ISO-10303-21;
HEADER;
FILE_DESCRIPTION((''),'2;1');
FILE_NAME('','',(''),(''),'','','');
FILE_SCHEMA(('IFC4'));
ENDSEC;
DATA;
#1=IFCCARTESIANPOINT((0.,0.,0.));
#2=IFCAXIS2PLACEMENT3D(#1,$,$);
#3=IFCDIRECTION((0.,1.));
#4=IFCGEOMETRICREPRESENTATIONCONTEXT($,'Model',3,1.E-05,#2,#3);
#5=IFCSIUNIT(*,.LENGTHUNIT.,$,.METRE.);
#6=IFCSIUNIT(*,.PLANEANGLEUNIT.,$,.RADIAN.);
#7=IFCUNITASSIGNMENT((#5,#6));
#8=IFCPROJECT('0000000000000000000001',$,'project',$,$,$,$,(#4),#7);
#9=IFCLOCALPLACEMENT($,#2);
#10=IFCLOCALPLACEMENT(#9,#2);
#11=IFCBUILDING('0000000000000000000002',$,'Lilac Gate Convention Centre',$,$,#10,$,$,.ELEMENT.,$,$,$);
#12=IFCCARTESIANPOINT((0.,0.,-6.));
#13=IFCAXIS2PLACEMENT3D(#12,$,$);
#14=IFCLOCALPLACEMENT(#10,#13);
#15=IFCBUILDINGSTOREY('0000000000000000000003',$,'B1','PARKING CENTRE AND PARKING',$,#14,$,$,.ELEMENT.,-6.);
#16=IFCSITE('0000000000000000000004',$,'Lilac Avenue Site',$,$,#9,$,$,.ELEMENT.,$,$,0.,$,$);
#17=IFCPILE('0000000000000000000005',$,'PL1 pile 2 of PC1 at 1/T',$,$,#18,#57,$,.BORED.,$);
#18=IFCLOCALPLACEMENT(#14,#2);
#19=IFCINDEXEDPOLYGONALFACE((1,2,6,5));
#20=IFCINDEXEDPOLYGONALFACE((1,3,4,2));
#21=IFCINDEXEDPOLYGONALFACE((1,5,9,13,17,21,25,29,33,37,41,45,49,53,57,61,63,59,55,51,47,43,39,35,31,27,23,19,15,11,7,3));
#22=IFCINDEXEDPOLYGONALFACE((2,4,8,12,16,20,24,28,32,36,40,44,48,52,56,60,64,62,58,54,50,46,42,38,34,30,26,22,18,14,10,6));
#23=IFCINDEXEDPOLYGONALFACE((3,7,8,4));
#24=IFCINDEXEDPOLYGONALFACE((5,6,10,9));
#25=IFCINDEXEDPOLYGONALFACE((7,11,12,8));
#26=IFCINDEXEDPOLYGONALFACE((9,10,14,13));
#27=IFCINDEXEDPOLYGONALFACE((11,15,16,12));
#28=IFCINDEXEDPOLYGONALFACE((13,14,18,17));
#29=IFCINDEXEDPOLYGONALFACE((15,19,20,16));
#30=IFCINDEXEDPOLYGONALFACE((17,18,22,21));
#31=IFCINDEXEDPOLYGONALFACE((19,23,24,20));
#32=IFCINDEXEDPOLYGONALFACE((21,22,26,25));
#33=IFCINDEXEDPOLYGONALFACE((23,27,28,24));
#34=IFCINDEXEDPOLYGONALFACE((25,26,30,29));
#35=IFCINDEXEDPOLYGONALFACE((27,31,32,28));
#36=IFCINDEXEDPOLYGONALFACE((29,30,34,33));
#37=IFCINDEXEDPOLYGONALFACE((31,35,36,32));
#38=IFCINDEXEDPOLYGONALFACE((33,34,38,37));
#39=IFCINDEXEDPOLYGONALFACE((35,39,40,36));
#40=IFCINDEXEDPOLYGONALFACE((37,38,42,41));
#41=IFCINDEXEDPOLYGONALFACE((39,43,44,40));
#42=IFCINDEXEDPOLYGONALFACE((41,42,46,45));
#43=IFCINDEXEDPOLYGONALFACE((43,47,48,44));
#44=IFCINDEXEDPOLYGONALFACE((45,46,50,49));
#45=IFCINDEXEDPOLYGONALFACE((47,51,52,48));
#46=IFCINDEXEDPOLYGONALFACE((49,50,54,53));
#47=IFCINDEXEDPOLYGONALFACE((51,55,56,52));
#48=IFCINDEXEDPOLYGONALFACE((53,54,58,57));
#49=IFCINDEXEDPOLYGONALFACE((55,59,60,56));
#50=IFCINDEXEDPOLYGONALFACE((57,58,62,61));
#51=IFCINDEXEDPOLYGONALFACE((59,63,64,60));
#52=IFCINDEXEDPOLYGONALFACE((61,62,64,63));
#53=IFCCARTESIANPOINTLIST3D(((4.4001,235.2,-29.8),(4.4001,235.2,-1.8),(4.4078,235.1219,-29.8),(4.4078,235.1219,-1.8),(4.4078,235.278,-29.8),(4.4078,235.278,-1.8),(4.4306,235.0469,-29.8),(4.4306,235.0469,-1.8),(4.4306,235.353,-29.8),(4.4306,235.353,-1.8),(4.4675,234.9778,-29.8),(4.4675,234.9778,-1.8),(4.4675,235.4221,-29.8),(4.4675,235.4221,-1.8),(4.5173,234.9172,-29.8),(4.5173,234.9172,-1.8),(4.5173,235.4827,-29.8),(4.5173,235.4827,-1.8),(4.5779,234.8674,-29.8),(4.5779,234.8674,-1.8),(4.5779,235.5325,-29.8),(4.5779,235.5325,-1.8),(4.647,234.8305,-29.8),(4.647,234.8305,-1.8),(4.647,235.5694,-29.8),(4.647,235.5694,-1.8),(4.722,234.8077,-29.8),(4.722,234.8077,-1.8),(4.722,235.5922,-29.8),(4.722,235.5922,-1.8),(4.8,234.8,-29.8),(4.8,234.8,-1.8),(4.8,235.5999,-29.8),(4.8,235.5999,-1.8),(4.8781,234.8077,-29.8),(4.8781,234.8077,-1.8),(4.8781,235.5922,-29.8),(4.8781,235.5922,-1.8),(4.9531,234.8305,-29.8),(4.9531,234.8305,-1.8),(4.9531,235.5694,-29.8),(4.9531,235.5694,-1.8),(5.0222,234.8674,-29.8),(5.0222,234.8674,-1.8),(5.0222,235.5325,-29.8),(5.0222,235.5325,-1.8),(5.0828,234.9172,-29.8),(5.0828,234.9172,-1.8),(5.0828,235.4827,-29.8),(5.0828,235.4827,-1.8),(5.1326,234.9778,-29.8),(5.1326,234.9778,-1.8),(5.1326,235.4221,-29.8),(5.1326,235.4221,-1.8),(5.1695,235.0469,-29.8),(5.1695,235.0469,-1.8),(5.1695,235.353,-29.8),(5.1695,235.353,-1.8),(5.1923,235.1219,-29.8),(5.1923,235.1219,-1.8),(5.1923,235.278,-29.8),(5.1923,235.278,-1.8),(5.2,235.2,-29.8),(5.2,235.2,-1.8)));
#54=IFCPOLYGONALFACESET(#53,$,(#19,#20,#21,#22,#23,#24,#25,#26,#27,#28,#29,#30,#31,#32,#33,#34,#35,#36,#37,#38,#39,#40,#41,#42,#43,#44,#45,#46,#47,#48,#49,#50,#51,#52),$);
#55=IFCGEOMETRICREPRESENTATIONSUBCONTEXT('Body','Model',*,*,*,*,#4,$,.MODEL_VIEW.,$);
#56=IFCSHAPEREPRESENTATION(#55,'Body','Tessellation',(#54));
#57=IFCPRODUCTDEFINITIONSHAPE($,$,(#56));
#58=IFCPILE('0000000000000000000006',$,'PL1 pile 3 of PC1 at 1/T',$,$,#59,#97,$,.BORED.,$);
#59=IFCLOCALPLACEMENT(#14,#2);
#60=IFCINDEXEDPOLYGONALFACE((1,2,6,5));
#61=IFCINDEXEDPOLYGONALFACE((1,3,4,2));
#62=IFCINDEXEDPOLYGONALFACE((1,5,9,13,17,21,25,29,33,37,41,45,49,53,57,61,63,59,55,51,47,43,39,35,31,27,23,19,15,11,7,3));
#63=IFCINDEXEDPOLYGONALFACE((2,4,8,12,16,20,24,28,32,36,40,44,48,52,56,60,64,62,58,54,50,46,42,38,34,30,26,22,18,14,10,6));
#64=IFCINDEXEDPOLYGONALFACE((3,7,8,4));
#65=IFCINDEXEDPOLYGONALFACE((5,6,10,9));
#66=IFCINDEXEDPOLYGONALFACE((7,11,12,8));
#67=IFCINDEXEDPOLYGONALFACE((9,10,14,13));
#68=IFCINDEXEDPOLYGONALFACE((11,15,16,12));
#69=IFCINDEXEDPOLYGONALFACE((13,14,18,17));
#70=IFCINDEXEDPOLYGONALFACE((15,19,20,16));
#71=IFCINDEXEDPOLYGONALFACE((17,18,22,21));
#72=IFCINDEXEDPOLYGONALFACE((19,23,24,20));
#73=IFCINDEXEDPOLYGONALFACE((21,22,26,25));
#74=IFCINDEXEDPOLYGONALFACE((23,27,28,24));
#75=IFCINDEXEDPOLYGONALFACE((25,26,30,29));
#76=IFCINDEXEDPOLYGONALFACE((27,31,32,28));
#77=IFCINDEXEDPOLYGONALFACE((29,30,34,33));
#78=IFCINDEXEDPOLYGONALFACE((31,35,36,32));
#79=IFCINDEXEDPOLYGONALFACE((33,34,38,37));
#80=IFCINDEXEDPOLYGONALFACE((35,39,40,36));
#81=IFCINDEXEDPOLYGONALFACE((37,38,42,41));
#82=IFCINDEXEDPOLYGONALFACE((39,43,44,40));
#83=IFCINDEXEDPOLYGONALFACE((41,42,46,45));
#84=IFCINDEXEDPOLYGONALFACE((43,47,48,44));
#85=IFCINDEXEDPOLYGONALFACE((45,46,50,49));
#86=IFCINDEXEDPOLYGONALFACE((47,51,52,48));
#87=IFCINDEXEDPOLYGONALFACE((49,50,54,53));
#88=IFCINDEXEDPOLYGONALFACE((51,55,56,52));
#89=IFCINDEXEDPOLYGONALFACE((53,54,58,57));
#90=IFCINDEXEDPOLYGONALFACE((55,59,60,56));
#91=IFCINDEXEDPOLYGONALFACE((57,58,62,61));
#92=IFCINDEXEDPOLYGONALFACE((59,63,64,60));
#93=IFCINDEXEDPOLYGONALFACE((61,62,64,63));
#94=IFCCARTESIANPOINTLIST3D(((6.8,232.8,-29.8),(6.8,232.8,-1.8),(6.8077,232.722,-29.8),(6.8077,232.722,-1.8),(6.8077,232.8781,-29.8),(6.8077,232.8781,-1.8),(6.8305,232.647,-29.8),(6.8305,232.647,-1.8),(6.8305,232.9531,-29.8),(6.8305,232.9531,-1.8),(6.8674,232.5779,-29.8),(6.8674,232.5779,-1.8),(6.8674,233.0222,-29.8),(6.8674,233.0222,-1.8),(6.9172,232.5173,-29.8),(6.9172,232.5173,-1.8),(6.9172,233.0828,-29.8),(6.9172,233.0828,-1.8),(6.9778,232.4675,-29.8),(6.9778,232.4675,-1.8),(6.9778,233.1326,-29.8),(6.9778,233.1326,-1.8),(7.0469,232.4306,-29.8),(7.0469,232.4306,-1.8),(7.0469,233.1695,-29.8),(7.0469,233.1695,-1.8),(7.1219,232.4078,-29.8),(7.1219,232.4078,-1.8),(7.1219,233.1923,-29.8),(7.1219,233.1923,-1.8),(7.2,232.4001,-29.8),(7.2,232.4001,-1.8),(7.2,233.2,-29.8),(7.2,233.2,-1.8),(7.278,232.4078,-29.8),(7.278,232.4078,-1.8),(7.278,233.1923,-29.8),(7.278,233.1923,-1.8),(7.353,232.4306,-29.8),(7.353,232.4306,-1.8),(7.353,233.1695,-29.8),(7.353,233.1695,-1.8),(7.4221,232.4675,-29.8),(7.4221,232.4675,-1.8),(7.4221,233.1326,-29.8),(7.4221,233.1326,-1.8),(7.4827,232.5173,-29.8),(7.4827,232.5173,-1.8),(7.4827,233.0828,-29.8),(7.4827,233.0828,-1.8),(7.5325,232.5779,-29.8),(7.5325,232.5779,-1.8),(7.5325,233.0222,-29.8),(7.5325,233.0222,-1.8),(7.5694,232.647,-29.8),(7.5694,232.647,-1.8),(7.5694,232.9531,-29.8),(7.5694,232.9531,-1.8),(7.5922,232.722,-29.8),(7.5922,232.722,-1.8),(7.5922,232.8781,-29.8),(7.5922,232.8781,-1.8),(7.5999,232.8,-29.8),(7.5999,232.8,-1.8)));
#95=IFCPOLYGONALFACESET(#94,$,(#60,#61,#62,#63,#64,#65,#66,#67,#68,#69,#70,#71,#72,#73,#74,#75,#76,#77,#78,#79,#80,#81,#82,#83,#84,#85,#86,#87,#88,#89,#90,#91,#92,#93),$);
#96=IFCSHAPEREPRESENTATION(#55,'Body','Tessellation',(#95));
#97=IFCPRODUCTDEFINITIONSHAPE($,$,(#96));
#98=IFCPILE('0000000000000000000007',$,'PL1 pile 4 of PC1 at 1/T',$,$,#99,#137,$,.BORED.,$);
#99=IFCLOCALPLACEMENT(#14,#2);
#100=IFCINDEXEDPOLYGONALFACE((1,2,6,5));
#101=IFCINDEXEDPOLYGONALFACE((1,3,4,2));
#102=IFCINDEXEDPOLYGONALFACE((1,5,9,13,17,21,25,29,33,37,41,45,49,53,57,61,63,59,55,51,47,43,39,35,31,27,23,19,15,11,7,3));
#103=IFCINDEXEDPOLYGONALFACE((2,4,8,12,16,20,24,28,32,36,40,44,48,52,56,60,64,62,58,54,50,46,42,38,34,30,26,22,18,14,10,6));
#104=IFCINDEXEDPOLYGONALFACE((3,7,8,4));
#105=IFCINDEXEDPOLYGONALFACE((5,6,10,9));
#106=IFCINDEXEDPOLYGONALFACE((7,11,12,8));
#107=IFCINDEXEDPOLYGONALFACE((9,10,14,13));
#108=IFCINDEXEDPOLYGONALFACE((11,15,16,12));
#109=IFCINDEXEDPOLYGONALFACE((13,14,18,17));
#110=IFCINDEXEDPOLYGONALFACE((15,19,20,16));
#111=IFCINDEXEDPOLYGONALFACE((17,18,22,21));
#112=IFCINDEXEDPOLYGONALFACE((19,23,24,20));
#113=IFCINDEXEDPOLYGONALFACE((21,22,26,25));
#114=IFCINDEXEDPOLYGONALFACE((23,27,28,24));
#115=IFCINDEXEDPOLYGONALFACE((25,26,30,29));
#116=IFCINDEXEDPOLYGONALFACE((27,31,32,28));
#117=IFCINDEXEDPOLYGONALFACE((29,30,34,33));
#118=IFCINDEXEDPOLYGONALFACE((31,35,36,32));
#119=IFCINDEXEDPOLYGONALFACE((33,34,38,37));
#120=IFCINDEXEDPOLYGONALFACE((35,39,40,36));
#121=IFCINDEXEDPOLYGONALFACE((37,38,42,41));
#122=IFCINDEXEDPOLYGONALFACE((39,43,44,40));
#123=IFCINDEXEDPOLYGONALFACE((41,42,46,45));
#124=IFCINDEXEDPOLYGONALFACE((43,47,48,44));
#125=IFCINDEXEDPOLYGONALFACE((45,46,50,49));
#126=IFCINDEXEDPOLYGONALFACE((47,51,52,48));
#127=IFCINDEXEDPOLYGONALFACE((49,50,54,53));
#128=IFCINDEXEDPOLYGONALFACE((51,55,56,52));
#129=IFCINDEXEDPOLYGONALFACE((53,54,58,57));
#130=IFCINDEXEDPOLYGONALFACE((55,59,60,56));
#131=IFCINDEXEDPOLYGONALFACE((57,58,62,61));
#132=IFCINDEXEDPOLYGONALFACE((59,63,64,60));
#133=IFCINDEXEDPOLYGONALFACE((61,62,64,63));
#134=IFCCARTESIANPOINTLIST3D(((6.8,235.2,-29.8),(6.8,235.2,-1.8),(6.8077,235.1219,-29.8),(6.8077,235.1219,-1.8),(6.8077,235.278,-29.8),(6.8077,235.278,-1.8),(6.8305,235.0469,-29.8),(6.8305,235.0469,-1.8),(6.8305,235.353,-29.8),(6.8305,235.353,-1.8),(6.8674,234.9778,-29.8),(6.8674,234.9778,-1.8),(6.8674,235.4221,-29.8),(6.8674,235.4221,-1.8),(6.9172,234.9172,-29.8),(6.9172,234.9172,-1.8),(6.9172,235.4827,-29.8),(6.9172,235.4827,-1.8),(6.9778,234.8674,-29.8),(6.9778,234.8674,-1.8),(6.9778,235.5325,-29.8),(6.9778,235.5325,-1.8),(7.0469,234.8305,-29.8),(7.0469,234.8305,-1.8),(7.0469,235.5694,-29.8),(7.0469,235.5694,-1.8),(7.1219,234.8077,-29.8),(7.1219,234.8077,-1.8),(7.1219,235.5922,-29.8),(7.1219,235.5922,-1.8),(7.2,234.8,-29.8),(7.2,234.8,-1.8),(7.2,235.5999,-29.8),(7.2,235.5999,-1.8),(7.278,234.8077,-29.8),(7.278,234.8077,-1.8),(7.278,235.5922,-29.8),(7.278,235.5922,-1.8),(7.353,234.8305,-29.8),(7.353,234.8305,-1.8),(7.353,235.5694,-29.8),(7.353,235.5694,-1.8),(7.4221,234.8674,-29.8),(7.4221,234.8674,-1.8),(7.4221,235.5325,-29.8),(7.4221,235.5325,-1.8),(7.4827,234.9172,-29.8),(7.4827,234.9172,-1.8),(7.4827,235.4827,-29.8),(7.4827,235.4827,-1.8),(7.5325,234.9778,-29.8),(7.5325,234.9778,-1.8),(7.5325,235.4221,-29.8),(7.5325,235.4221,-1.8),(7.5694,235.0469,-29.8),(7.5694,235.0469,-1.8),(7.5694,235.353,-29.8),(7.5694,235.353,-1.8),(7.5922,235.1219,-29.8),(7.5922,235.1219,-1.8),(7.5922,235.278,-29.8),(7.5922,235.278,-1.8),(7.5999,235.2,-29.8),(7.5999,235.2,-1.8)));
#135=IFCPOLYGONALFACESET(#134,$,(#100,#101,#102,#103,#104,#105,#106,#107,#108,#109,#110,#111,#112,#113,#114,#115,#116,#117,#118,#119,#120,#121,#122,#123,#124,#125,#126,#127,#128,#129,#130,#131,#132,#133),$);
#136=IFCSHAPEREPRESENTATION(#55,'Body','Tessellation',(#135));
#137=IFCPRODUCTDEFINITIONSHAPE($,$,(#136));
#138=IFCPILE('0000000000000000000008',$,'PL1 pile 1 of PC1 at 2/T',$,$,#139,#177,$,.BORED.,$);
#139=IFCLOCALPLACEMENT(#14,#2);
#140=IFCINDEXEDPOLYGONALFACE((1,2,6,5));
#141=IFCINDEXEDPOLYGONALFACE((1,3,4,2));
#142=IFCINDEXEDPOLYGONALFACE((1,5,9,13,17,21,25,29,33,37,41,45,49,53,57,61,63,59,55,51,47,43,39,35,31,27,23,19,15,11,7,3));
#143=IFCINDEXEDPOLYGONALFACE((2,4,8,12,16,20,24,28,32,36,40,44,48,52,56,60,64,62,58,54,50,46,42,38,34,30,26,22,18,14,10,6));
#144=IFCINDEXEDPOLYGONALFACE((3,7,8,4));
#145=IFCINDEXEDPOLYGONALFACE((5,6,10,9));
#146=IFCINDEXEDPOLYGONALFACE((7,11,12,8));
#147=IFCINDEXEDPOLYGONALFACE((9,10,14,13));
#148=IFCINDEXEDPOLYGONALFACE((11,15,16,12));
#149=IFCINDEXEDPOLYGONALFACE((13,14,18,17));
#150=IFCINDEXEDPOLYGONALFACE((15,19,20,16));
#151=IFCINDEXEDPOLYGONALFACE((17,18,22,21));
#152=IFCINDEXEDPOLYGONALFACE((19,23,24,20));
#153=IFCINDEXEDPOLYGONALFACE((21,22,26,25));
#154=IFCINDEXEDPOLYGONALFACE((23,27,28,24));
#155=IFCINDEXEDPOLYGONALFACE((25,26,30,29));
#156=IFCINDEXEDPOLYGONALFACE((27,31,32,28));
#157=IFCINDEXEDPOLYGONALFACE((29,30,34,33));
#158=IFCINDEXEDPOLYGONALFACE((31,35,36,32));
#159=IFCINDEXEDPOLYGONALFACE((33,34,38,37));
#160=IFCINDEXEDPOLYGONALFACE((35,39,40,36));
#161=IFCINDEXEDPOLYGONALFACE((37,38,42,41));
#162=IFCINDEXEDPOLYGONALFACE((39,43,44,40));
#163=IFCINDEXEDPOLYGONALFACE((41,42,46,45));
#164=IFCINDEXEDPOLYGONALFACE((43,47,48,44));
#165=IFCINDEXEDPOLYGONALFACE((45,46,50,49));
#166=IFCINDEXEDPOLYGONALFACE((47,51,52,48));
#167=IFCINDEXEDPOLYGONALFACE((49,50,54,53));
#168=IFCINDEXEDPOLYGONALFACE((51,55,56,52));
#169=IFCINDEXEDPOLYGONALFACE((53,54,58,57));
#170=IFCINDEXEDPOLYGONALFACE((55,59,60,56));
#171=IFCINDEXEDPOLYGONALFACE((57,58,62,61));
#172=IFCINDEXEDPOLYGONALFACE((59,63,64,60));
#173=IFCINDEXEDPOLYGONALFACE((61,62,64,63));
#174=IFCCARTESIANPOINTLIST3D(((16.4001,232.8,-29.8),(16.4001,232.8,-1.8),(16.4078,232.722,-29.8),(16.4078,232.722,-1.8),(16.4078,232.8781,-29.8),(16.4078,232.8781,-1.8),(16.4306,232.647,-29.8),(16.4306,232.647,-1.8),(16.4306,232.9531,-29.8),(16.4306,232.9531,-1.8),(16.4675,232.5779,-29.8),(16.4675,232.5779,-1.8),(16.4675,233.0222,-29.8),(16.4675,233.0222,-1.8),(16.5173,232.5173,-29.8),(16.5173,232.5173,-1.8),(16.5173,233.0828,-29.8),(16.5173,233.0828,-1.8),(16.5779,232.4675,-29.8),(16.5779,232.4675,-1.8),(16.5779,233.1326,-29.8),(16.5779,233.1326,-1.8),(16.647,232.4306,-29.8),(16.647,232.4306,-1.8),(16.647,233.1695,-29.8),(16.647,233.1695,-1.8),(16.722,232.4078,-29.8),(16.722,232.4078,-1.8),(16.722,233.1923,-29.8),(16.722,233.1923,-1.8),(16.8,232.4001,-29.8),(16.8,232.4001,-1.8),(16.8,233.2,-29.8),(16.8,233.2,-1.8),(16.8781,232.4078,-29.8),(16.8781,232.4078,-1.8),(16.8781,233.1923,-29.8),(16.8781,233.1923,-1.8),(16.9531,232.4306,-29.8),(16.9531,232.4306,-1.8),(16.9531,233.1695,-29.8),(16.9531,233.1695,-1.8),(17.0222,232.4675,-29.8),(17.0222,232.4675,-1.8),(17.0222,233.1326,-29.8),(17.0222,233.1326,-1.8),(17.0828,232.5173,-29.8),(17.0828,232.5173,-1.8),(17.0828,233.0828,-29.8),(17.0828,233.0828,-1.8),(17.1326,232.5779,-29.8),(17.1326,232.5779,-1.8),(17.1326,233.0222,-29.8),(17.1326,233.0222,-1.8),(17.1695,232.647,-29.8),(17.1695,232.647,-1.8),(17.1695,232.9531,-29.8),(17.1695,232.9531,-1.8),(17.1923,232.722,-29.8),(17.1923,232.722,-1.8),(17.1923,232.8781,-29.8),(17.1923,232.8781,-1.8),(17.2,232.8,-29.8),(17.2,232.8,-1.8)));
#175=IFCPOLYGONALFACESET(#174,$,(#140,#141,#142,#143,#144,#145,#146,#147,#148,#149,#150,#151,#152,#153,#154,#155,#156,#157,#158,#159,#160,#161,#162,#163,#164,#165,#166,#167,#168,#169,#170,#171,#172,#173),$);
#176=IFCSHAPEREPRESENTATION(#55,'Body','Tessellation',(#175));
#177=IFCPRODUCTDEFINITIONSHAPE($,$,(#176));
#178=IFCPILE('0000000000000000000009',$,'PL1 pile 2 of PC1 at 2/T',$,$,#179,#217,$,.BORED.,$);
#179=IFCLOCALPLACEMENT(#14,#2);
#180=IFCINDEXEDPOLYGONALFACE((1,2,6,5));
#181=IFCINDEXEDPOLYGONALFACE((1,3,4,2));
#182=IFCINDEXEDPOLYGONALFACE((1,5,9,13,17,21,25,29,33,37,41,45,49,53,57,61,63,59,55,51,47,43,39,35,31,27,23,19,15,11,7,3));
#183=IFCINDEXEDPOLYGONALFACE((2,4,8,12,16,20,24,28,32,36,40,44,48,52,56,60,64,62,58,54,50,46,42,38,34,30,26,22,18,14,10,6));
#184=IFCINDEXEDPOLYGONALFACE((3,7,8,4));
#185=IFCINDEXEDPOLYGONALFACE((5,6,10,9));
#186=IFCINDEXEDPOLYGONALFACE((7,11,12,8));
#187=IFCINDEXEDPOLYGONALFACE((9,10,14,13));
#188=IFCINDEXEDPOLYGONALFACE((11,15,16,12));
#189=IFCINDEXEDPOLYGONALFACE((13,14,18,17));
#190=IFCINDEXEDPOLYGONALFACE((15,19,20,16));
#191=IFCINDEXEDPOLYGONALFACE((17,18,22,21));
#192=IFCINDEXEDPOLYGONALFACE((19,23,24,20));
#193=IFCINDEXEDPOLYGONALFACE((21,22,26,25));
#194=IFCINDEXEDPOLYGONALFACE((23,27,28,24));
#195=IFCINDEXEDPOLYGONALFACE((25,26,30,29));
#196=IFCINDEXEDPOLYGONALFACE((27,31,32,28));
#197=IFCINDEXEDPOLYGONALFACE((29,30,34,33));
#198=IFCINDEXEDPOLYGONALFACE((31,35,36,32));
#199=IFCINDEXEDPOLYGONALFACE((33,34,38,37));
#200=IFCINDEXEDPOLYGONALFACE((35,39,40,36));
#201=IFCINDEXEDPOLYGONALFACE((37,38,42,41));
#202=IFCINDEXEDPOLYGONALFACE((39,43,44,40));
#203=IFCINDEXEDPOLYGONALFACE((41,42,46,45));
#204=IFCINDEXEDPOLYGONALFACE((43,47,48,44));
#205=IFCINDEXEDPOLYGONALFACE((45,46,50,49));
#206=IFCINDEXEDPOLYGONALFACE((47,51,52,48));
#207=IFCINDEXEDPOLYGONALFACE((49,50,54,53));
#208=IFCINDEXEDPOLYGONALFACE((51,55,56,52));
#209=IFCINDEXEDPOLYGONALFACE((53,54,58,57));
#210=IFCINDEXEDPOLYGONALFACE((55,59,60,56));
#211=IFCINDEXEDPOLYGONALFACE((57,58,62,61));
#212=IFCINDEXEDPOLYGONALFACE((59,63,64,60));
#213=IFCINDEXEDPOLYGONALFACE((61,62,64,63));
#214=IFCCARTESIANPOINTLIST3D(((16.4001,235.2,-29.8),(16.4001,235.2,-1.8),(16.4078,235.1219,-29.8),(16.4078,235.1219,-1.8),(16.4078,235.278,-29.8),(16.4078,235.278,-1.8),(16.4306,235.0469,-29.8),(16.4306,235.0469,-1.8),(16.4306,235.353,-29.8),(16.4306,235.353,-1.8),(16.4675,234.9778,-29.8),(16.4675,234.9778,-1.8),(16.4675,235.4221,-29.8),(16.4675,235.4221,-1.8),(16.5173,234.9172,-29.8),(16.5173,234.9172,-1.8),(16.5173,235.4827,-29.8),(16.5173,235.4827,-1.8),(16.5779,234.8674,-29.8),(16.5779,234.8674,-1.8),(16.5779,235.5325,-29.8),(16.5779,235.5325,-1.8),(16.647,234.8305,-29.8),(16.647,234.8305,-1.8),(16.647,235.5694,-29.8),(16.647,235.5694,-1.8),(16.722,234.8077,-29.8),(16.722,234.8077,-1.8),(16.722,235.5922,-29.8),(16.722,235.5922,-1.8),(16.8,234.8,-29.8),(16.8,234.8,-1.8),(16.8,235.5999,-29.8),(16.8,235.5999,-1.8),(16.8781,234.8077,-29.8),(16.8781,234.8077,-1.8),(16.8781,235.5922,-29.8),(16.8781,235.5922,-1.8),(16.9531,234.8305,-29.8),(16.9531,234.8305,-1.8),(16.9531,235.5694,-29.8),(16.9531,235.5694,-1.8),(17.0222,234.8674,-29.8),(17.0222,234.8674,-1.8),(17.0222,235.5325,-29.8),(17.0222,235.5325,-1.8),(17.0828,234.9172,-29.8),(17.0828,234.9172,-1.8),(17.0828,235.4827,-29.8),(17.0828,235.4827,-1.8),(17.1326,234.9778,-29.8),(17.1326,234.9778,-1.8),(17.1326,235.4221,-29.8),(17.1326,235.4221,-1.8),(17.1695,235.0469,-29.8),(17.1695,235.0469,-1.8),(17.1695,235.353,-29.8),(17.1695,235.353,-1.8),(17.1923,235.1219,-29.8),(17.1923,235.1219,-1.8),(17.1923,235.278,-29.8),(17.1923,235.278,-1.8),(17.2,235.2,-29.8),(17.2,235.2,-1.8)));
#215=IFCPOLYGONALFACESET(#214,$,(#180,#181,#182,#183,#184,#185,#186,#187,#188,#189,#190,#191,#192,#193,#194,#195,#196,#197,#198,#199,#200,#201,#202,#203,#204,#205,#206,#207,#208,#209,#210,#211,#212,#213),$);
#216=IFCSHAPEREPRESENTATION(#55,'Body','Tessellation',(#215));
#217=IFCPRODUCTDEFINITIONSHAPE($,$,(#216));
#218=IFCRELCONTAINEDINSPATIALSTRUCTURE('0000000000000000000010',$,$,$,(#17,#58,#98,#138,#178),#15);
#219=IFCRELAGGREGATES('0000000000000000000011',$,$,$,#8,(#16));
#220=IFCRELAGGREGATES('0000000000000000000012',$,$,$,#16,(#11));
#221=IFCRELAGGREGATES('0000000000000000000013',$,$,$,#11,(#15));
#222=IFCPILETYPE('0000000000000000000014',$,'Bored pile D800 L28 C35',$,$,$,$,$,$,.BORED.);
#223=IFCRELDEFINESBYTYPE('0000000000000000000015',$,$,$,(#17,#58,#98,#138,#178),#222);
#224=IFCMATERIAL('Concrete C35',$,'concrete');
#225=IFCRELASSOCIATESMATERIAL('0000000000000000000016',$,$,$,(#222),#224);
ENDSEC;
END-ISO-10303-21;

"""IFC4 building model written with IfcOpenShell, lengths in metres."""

from ifc_helpers import new_model, si_unit, direction, frame, origin, origin_2d, place, context, subcontext, project, spatial, circle, extrude, material, material_profile, profile_set, type_object, element, save


model = new_model("IFC4")

# Units and contexts
model_context = context("Model", 3, precision=1e-05, world=origin(), true_north=direction((0.0, 1.0)))
body_context = subcontext(model_context, "Body", "Model", "MODEL_VIEW")
ifc_project = project(units=[si_unit("LENGTHUNIT", "METRE"), si_unit("PLANEANGLEUNIT", "RADIAN")], contexts=[model_context])

# Site, building, storey
site_placement = place(None, origin())
site = spatial("IfcSite", under=ifc_project, at=site_placement, Name="Lilac Avenue Site", CompositionType="ELEMENT", RefElevation=0.0)
building_placement = place(site_placement, origin())
building = spatial("IfcBuilding", under=site, at=building_placement, Name="Lilac Gate Convention Centre", CompositionType="ELEMENT")
storey_placement = place(building_placement, frame((0.0, 0.0, -6.0)))
storey = spatial("IfcBuildingStorey", under=building, at=storey_placement, Name="B1", Description="PARKING CENTRE AND PARKING", CompositionType="ELEMENT", Elevation=-6.0)

# Piles
ifc_material_1 = material(Name="Concrete C35", Category="concrete")
ifc_material_profile_1 = material_profile(ifc_material_1, circle(Radius=0.3999, at=origin_2d()), Name="D800")
ifc_profile_set_1 = profile_set([ifc_material_profile_1], Name="Concrete C35")
pile_type = type_object("IfcPileType", Name="Bored pile D800 L28 C35", PredefinedType="BORED", material=ifc_profile_set_1)
for number, where, z_axis, x_axis, name in (
    (1, (4.8, 235.2, -1.8), (0.0, 0.0, -1.0), (1.0, 0.0, 0.0), "PL1 pile 2 of PC1 at 1/T"),
    (2, (7.2, 232.8, -1.8), (0.0, 0.0, -1.0), (1.0, 0.0, 0.0), "PL1 pile 3 of PC1 at 1/T"),
    (3, (7.2, 235.2, -1.8), (0.0, 0.0, -1.0), (1.0, 0.0, 0.0), "PL1 pile 4 of PC1 at 1/T"),
    (4, (16.8, 232.8, -1.8), (0.0, 0.0, -1.0), (1.0, 0.0, 0.0), "PL1 pile 1 of PC1 at 2/T"),
    (5, (16.8, 235.2, -1.8), (0.0, 0.0, -1.0), (1.0, 0.0, 0.0), "PL1 pile 2 of PC1 at 2/T"),
):
    element("IfcPile", number, at=place(storey_placement, frame(where, z_axis=z_axis, x_axis=x_axis)), inside=storey, type_object=pile_type, Name=name, PredefinedType="BORED", context=body_context, shape_type="SweptSolid", body=[
        extrude(circle(Radius=0.3999, at=origin_2d()), origin(), (0.0, 0.0, 1.0), 28.0),
    ])

save(model, "model.ifc")
